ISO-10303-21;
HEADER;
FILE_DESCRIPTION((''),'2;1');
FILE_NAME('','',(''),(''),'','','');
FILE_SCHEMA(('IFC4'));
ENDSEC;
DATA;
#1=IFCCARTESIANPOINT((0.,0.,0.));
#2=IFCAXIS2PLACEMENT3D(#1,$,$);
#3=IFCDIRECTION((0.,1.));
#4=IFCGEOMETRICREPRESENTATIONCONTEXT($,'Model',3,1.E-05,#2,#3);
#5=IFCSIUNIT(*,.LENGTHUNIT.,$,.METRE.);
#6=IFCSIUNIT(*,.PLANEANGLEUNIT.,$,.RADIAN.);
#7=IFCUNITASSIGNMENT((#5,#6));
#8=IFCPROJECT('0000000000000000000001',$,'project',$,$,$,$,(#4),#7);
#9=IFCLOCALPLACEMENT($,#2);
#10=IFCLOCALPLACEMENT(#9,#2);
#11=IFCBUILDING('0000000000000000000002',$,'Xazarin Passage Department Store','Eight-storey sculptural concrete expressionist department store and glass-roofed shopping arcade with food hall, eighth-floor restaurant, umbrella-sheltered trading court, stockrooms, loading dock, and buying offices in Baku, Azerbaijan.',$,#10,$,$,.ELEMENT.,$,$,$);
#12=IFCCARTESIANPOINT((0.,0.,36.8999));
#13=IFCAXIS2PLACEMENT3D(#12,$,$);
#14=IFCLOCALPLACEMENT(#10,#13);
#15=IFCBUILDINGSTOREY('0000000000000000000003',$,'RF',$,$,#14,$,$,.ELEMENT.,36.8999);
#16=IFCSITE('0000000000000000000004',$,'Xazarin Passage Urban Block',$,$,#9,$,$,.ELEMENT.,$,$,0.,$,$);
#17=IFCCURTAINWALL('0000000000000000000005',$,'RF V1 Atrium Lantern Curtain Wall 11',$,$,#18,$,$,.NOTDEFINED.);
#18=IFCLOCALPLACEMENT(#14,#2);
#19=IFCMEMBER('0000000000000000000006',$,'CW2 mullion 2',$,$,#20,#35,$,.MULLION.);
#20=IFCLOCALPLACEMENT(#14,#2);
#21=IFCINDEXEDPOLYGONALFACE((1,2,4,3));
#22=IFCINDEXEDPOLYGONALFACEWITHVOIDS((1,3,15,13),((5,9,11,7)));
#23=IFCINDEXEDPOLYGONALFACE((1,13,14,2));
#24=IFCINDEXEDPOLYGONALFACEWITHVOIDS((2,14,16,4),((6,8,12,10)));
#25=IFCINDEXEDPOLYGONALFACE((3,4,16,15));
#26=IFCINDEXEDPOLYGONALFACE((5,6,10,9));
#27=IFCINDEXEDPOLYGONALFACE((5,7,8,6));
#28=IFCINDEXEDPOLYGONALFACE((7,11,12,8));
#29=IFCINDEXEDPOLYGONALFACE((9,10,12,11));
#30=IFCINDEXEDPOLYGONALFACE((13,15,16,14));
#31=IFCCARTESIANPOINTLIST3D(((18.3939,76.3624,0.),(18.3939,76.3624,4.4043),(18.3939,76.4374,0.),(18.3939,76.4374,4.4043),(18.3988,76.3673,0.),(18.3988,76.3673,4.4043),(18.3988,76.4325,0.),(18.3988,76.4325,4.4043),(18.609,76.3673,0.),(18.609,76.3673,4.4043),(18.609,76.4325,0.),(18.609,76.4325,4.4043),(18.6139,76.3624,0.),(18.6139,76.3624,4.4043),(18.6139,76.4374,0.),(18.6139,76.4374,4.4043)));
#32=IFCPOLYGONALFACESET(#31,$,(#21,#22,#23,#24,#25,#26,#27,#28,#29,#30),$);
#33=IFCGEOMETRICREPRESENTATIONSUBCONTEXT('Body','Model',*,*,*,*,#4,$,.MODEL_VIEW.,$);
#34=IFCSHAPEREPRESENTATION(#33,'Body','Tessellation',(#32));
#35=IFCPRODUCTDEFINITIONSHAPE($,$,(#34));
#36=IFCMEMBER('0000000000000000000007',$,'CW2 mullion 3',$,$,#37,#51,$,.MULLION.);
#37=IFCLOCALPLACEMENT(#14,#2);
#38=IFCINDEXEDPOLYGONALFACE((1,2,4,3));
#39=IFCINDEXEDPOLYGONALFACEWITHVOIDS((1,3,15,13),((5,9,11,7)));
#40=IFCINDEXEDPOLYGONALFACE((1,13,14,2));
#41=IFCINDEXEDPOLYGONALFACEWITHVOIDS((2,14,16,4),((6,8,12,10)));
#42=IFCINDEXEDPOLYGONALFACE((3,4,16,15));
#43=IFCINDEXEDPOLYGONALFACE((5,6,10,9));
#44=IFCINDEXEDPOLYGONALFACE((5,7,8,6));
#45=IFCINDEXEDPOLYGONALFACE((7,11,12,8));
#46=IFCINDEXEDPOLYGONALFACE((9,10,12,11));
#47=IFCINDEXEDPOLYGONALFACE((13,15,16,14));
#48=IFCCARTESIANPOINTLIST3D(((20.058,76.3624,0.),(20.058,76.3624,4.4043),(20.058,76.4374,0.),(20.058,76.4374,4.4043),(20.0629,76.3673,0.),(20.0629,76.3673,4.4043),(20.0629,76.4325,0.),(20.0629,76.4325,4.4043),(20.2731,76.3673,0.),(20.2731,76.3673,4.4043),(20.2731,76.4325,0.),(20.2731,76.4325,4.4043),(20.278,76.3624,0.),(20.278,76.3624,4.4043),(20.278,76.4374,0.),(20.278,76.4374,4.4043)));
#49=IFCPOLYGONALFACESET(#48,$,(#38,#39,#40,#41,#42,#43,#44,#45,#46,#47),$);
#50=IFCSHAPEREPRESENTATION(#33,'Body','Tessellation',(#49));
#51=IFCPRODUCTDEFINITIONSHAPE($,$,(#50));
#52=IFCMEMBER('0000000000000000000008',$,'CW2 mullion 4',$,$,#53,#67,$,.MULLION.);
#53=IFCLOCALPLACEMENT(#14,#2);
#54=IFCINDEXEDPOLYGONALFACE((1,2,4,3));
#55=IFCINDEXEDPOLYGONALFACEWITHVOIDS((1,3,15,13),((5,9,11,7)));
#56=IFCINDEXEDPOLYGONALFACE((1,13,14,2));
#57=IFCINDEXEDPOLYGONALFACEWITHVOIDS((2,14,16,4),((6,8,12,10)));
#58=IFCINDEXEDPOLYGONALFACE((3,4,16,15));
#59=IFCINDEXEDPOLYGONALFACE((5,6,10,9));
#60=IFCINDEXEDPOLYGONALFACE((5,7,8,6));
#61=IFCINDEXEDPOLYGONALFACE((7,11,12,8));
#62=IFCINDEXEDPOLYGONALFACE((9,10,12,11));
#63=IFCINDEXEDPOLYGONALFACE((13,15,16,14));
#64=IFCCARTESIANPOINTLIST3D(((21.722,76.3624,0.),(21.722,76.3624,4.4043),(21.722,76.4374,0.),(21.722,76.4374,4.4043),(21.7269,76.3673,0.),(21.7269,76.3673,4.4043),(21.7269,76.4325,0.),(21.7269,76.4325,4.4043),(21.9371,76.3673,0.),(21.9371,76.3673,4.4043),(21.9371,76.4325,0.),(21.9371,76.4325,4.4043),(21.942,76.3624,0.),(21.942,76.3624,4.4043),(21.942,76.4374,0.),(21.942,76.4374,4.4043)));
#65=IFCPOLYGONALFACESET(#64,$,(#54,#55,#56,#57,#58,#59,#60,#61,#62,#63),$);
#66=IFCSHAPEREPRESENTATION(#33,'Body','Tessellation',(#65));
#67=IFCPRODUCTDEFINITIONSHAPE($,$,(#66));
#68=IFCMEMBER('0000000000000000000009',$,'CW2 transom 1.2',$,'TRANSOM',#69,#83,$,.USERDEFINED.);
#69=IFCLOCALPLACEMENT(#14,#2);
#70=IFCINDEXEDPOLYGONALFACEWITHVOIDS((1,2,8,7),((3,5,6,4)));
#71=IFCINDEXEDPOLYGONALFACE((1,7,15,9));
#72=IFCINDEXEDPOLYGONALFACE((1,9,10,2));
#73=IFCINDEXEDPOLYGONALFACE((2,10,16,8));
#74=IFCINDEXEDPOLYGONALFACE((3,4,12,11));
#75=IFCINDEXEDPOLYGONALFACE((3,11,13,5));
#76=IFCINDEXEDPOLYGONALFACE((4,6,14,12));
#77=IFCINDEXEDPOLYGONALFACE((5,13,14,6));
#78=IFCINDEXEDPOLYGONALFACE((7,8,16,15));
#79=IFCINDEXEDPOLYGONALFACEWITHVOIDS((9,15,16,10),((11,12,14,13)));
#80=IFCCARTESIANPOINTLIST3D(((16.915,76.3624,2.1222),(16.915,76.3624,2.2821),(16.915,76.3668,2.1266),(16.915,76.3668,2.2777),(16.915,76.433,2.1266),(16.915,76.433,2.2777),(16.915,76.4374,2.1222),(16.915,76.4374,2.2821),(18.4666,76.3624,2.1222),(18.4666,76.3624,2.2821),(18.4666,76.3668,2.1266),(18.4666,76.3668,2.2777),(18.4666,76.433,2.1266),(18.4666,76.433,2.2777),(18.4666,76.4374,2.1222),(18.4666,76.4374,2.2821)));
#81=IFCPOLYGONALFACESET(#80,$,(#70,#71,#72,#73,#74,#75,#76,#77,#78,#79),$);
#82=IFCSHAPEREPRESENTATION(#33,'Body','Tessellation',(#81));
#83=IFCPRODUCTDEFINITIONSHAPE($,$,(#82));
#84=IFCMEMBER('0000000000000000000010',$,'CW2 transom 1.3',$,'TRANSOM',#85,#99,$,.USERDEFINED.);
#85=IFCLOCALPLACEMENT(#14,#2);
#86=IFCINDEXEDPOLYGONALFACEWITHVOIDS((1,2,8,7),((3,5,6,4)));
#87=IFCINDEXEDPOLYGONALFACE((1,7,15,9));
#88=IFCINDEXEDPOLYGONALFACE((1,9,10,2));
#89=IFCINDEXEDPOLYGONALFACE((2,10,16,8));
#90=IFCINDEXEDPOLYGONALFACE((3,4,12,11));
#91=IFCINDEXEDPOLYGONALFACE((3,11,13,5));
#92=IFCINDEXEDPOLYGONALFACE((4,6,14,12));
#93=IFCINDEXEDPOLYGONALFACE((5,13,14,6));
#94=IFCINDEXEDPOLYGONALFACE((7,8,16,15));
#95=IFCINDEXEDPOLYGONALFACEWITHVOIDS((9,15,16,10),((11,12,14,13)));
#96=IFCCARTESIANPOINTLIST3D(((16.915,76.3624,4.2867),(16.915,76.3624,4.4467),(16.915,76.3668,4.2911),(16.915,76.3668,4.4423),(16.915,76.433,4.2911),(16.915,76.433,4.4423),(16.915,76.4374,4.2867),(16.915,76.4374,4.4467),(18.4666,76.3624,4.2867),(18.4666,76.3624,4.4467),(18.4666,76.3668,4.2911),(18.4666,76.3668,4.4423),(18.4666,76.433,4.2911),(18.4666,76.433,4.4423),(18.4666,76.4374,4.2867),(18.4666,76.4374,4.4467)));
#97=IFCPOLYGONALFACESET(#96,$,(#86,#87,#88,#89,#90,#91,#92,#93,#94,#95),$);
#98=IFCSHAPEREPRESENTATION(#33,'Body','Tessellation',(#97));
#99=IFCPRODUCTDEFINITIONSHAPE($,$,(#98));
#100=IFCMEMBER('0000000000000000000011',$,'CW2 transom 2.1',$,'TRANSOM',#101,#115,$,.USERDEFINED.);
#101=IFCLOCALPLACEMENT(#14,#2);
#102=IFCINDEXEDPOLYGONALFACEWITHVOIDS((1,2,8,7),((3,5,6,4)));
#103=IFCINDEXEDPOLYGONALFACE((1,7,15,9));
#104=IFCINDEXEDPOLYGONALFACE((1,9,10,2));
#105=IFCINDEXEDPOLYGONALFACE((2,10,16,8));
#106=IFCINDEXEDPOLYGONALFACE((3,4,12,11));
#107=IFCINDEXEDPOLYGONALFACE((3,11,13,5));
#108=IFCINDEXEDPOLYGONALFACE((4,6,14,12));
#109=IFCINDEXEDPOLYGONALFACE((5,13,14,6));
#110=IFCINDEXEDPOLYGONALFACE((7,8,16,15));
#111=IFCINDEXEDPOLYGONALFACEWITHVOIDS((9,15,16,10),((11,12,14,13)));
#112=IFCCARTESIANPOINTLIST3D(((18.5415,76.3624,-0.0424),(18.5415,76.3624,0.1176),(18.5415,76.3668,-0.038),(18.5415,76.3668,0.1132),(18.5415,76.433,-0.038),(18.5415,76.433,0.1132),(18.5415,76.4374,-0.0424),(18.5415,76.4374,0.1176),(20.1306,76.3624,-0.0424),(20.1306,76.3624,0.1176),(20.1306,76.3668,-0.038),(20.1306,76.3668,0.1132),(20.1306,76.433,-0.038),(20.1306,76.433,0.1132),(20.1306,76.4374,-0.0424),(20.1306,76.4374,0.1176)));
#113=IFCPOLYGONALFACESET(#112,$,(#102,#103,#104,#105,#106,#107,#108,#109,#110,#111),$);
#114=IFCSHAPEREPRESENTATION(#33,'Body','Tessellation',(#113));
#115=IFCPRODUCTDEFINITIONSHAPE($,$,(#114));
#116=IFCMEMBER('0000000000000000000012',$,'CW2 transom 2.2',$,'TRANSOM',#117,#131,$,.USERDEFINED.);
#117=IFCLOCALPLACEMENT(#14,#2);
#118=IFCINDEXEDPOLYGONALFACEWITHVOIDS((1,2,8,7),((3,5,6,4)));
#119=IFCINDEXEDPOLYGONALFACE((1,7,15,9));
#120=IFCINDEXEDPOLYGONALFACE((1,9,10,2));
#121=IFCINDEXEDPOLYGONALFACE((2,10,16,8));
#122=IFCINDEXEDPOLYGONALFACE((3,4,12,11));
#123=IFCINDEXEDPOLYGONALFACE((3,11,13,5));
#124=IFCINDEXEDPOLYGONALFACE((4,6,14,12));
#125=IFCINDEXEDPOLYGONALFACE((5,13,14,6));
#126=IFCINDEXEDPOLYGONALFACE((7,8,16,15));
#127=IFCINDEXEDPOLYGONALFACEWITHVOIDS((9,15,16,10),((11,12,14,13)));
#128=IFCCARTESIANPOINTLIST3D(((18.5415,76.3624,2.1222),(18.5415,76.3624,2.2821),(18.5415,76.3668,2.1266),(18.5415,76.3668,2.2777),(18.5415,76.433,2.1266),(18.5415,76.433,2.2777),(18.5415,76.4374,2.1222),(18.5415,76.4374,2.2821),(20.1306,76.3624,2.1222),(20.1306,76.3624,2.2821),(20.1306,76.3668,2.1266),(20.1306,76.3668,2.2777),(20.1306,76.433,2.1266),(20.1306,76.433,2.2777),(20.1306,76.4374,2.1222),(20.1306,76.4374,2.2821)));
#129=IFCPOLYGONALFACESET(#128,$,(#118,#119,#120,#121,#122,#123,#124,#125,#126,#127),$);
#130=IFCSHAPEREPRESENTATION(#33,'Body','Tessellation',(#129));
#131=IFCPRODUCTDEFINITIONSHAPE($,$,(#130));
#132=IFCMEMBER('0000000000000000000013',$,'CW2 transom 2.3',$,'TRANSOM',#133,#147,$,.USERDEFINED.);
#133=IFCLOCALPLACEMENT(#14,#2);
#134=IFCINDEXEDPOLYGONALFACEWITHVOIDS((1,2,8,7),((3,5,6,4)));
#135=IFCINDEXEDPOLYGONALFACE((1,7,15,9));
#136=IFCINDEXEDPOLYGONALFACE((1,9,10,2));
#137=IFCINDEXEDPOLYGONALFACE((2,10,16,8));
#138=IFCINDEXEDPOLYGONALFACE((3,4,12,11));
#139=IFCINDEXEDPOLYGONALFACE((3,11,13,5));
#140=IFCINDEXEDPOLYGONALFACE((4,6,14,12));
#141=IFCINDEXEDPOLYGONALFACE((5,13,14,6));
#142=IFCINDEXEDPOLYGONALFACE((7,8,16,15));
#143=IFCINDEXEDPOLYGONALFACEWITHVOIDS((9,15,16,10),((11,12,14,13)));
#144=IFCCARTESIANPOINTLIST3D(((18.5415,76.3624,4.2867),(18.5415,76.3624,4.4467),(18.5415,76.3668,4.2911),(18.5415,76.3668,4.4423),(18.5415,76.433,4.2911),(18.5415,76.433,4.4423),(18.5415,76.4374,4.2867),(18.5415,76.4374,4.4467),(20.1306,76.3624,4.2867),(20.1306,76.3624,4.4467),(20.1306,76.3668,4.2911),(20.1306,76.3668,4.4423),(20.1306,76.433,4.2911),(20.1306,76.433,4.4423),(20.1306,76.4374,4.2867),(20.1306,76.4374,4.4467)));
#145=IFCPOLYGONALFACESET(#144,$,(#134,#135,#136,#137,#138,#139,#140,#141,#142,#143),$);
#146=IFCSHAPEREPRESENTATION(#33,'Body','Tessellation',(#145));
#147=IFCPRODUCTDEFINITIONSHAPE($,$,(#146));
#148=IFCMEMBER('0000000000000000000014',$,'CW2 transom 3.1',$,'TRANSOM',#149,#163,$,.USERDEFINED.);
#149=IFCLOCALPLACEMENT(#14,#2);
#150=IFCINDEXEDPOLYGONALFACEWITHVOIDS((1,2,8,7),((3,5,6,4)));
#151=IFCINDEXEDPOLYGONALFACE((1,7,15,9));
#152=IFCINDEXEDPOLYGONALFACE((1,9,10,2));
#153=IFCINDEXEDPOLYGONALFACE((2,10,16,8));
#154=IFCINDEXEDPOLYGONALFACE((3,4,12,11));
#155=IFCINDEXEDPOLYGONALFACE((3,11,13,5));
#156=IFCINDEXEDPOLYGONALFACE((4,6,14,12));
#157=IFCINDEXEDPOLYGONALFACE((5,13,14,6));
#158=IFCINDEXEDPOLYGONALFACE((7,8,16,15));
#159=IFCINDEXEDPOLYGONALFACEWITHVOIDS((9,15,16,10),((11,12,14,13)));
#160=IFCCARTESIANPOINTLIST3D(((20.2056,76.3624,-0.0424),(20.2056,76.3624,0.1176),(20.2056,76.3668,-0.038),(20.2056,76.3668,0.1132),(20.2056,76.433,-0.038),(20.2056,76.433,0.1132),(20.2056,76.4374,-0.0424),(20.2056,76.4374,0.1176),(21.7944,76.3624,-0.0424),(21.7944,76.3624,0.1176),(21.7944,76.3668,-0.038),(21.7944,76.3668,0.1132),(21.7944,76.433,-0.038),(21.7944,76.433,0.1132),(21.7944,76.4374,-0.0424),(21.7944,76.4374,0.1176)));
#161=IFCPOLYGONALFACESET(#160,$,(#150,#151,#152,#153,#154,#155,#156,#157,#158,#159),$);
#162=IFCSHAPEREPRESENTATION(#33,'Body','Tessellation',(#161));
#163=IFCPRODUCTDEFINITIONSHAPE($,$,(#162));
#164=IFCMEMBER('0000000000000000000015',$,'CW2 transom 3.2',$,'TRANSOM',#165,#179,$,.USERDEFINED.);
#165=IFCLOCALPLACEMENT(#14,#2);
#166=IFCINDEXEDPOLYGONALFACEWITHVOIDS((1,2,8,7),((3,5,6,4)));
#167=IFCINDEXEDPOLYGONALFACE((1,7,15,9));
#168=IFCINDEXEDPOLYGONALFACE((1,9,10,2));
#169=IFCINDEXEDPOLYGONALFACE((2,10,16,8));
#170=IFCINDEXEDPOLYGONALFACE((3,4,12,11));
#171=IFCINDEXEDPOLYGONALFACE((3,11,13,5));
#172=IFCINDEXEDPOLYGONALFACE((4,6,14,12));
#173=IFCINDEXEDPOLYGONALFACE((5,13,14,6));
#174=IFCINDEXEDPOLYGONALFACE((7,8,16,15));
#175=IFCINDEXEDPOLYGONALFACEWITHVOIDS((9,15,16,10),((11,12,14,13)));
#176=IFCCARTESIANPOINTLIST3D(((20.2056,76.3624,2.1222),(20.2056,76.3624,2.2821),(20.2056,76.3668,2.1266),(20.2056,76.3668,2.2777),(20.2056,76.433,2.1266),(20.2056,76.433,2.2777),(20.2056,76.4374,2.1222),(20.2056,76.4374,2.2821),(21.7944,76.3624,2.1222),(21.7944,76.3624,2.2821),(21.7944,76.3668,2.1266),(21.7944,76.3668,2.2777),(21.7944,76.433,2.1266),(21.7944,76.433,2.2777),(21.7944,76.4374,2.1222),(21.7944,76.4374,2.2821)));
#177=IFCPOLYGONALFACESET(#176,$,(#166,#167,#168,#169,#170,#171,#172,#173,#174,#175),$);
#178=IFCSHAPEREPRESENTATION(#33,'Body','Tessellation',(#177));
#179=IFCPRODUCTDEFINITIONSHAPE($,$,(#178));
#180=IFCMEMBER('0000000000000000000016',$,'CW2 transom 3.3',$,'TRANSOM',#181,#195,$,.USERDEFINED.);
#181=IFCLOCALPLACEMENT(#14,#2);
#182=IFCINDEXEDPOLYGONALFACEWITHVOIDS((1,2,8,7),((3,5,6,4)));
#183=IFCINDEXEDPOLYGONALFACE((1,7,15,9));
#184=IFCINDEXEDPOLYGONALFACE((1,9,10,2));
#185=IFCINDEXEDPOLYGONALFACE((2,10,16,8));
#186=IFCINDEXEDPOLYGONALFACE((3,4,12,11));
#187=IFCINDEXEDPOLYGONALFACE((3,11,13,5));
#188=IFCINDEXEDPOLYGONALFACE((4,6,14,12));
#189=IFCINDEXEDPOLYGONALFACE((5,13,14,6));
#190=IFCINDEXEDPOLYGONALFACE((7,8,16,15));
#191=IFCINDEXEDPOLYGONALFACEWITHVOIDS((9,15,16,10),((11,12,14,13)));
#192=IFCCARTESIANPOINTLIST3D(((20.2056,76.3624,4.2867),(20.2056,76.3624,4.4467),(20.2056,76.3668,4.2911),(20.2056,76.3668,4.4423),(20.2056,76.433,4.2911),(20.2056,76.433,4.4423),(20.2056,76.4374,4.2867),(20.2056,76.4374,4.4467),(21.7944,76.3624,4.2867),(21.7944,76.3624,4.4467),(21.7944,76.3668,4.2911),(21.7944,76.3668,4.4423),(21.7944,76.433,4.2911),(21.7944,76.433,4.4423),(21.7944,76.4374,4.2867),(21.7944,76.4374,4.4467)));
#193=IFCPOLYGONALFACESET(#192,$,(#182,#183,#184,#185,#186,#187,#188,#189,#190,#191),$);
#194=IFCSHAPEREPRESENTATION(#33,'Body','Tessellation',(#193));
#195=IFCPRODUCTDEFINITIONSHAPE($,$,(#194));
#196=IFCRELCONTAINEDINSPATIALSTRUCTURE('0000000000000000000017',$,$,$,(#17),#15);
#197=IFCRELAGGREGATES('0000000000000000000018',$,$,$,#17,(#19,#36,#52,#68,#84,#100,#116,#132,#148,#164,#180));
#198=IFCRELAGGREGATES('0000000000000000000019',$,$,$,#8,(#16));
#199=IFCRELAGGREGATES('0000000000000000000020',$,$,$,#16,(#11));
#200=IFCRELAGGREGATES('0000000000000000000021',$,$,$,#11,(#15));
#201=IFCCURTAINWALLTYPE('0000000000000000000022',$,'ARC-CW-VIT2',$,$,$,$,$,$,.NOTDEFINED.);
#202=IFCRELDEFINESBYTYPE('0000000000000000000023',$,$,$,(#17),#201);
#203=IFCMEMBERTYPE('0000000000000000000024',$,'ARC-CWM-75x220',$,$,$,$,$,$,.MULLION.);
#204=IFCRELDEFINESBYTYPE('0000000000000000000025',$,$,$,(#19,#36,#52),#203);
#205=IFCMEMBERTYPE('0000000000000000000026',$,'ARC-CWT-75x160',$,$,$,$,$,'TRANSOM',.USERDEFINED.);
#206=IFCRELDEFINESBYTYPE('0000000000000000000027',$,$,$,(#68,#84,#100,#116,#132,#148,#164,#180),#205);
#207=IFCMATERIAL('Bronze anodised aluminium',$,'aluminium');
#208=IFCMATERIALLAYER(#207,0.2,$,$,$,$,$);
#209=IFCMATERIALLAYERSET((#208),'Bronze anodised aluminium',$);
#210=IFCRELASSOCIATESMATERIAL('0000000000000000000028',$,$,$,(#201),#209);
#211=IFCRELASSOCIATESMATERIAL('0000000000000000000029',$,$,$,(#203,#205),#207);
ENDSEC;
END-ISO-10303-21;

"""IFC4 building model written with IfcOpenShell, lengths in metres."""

from ifc_helpers import new_model, si_unit, direction, frame, origin, origin_2d, place, context, subcontext, project, spatial, hollow_rectangle, extrude, material, layer, layer_set, material_profile, profile_set, type_object, element, aggregate, save


model = new_model("IFC4")

# Units and contexts
model_context = context("Model", 3, precision=1e-05, world=origin(), true_north=direction((0.0, 1.0)))
body_context = subcontext(model_context, "Body", "Model", "MODEL_VIEW")
ifc_project = project(units=[si_unit("LENGTHUNIT", "METRE"), si_unit("PLANEANGLEUNIT", "RADIAN")], contexts=[model_context])

# Site, building, storey
site_placement = place(None, origin())
site = spatial("IfcSite", under=ifc_project, at=site_placement, Name="Xazarin Passage Urban Block", CompositionType="ELEMENT", RefElevation=0.0)
building_placement = place(site_placement, origin())
building = spatial("IfcBuilding", under=site, at=building_placement, Name="Xazarin Passage Department Store", Description="Eight-storey sculptural concrete expressionist department store and glass-roofed shopping arcade with food hall, eighth-floor restaurant, umbrella-sheltered trading court, stockrooms, loading dock, and buying offices in Baku, Azerbaijan.", CompositionType="ELEMENT")
storey_placement = place(building_placement, frame((0.0, 0.0, 36.8999)))
storey = spatial("IfcBuildingStorey", under=building, at=storey_placement, Name="RF", CompositionType="ELEMENT", Elevation=36.8999)

# Curtain wall, members
ifc_material_1 = material(Name="Bronze anodised aluminium", Category="aluminium")
ifc_layer_1 = layer(ifc_material_1, 0.2)
ifc_layer_set_1 = layer_set([ifc_layer_1], Name="Bronze anodised aluminium")
curtain_wall_type = type_object("IfcCurtainWallType", Name="ARC-CW-VIT2", PredefinedType="NOTDEFINED", material=ifc_layer_set_1)
curtain_wall_placement = place(storey_placement, origin())
curtain_wall = element("IfcCurtainWall", 1, at=curtain_wall_placement, inside=storey, type_object=curtain_wall_type, Name="RF V1 Atrium Lantern Curtain Wall 11", PredefinedType="NOTDEFINED")
ifc_material_profile_1 = material_profile(ifc_material_1, hollow_rectangle(XDim=0.075, YDim=0.22, WallThickness=0.0049, at=origin_2d()), Name="ALU 75x220")
ifc_profile_set_1 = profile_set([ifc_material_profile_1], Name="Bronze anodised aluminium")
member_type_1 = type_object("IfcMemberType", Name="ARC-CWM-75x220", PredefinedType="MULLION", material=ifc_profile_set_1)
member_1_placement = place(storey_placement, frame((18.5039, 76.3999, 0.0), z_axis=(0.0, 0.0, 1.0), x_axis=(0.0, 1.0, 0.0)))
member_1 = element("IfcMember", 2, at=member_1_placement, type_object=member_type_1, Name="CW2 mullion 2", PredefinedType="MULLION", context=body_context, shape_type="SweptSolid", body=[
    extrude(hollow_rectangle(XDim=0.075, YDim=0.22, WallThickness=0.0049, at=origin_2d()), origin(), (0.0, 0.0, 1.0), 4.4043),
])
member_2_placement = place(storey_placement, frame((20.168, 76.3999, 0.0), z_axis=(0.0, 0.0, 1.0), x_axis=(0.0, 1.0, 0.0)))
member_2 = element("IfcMember", 3, at=member_2_placement, type_object=member_type_1, Name="CW2 mullion 3", PredefinedType="MULLION", context=body_context, shape_type="SweptSolid", body=[
    extrude(hollow_rectangle(XDim=0.075, YDim=0.22, WallThickness=0.0049, at=origin_2d()), origin(), (0.0, 0.0, 1.0), 4.4043),
])
member_3_placement = place(storey_placement, frame((21.832, 76.3999, 0.0), z_axis=(0.0, 0.0, 1.0), x_axis=(0.0, 1.0, 0.0)))
member_3 = element("IfcMember", 4, at=member_3_placement, type_object=member_type_1, Name="CW2 mullion 4", PredefinedType="MULLION", context=body_context, shape_type="SweptSolid", body=[
    extrude(hollow_rectangle(XDim=0.075, YDim=0.22, WallThickness=0.0049, at=origin_2d()), origin(), (0.0, 0.0, 1.0), 4.4043),
])
ifc_material_profile_2 = material_profile(ifc_material_1, hollow_rectangle(XDim=0.075, YDim=0.1599, WallThickness=0.0044, at=origin_2d()), Name="ALU 75x160")
ifc_profile_set_2 = profile_set([ifc_material_profile_2], Name="Bronze anodised aluminium")
member_type_2 = type_object("IfcMemberType", Name="ARC-CWT-75x160", ElementType="TRANSOM", PredefinedType="USERDEFINED", material=ifc_profile_set_2)
member_4_placement = place(storey_placement, frame((16.915, 76.3999, 2.2021), z_axis=(1.0, 0.0, 0.0), x_axis=(0.0, 1.0, 0.0)))
member_4 = element("IfcMember", 5, at=member_4_placement, type_object=member_type_2, Name="CW2 transom 1.2", ObjectType="TRANSOM", PredefinedType="USERDEFINED", context=body_context, shape_type="SweptSolid", body=[
    extrude(hollow_rectangle(XDim=0.075, YDim=0.1599, WallThickness=0.0044, at=origin_2d()), origin(), (0.0, 0.0, 1.0), 1.5515),
])
member_5_placement = place(storey_placement, frame((16.915, 76.3999, 4.3667), z_axis=(1.0, 0.0, 0.0), x_axis=(0.0, 1.0, 0.0)))
member_5 = element("IfcMember", 6, at=member_5_placement, type_object=member_type_2, Name="CW2 transom 1.3", ObjectType="TRANSOM", PredefinedType="USERDEFINED", context=body_context, shape_type="SweptSolid", body=[
    extrude(hollow_rectangle(XDim=0.075, YDim=0.1599, WallThickness=0.0044, at=origin_2d()), origin(), (0.0, 0.0, 1.0), 1.5515),
])
member_6_placement = place(storey_placement, frame((18.5415, 76.3999, 0.0376), z_axis=(1.0, 0.0, 0.0), x_axis=(0.0, 1.0, 0.0)))
member_6 = element("IfcMember", 7, at=member_6_placement, type_object=member_type_2, Name="CW2 transom 2.1", ObjectType="TRANSOM", PredefinedType="USERDEFINED", context=body_context, shape_type="SweptSolid", body=[
    extrude(hollow_rectangle(XDim=0.075, YDim=0.1599, WallThickness=0.0044, at=origin_2d()), origin(), (0.0, 0.0, 1.0), 1.5891),
])
member_7_placement = place(storey_placement, frame((18.5415, 76.3999, 2.2021), z_axis=(1.0, 0.0, 0.0), x_axis=(0.0, 1.0, 0.0)))
member_7 = element("IfcMember", 8, at=member_7_placement, type_object=member_type_2, Name="CW2 transom 2.2", ObjectType="TRANSOM", PredefinedType="USERDEFINED", context=body_context, shape_type="SweptSolid", body=[
    extrude(hollow_rectangle(XDim=0.075, YDim=0.1599, WallThickness=0.0044, at=origin_2d()), origin(), (0.0, 0.0, 1.0), 1.5891),
])
member_8_placement = place(storey_placement, frame((18.5415, 76.3999, 4.3667), z_axis=(1.0, 0.0, 0.0), x_axis=(0.0, 1.0, 0.0)))
member_8 = element("IfcMember", 9, at=member_8_placement, type_object=member_type_2, Name="CW2 transom 2.3", ObjectType="TRANSOM", PredefinedType="USERDEFINED", context=body_context, shape_type="SweptSolid", body=[
    extrude(hollow_rectangle(XDim=0.075, YDim=0.1599, WallThickness=0.0044, at=origin_2d()), origin(), (0.0, 0.0, 1.0), 1.5891),
])
member_9_placement = place(storey_placement, frame((20.2056, 76.3999, 0.0376), z_axis=(1.0, 0.0, 0.0), x_axis=(0.0, 1.0, 0.0)))
member_9 = element("IfcMember", 10, at=member_9_placement, type_object=member_type_2, Name="CW2 transom 3.1", ObjectType="TRANSOM", PredefinedType="USERDEFINED", context=body_context, shape_type="SweptSolid", body=[
    extrude(hollow_rectangle(XDim=0.075, YDim=0.1599, WallThickness=0.0044, at=origin_2d()), origin(), (0.0, 0.0, 1.0), 1.5889),
])
member_10_placement = place(storey_placement, frame((20.2056, 76.3999, 2.2021), z_axis=(1.0, 0.0, 0.0), x_axis=(0.0, 1.0, 0.0)))
member_10 = element("IfcMember", 11, at=member_10_placement, type_object=member_type_2, Name="CW2 transom 3.2", ObjectType="TRANSOM", PredefinedType="USERDEFINED", context=body_context, shape_type="SweptSolid", body=[
    extrude(hollow_rectangle(XDim=0.075, YDim=0.1599, WallThickness=0.0044, at=origin_2d()), origin(), (0.0, 0.0, 1.0), 1.5889),
])
member_11_placement = place(storey_placement, frame((20.2056, 76.3999, 4.3667), z_axis=(1.0, 0.0, 0.0), x_axis=(0.0, 1.0, 0.0)))
member_11 = element("IfcMember", 12, at=member_11_placement, type_object=member_type_2, Name="CW2 transom 3.3", ObjectType="TRANSOM", PredefinedType="USERDEFINED", context=body_context, shape_type="SweptSolid", body=[
    extrude(hollow_rectangle(XDim=0.075, YDim=0.1599, WallThickness=0.0044, at=origin_2d()), origin(), (0.0, 0.0, 1.0), 1.5889),
])

aggregate(curtain_wall, [member_1, member_2, member_3, member_4, member_5, member_6, member_7, member_8, member_9, member_10, member_11])

save(model, "model.ifc")
